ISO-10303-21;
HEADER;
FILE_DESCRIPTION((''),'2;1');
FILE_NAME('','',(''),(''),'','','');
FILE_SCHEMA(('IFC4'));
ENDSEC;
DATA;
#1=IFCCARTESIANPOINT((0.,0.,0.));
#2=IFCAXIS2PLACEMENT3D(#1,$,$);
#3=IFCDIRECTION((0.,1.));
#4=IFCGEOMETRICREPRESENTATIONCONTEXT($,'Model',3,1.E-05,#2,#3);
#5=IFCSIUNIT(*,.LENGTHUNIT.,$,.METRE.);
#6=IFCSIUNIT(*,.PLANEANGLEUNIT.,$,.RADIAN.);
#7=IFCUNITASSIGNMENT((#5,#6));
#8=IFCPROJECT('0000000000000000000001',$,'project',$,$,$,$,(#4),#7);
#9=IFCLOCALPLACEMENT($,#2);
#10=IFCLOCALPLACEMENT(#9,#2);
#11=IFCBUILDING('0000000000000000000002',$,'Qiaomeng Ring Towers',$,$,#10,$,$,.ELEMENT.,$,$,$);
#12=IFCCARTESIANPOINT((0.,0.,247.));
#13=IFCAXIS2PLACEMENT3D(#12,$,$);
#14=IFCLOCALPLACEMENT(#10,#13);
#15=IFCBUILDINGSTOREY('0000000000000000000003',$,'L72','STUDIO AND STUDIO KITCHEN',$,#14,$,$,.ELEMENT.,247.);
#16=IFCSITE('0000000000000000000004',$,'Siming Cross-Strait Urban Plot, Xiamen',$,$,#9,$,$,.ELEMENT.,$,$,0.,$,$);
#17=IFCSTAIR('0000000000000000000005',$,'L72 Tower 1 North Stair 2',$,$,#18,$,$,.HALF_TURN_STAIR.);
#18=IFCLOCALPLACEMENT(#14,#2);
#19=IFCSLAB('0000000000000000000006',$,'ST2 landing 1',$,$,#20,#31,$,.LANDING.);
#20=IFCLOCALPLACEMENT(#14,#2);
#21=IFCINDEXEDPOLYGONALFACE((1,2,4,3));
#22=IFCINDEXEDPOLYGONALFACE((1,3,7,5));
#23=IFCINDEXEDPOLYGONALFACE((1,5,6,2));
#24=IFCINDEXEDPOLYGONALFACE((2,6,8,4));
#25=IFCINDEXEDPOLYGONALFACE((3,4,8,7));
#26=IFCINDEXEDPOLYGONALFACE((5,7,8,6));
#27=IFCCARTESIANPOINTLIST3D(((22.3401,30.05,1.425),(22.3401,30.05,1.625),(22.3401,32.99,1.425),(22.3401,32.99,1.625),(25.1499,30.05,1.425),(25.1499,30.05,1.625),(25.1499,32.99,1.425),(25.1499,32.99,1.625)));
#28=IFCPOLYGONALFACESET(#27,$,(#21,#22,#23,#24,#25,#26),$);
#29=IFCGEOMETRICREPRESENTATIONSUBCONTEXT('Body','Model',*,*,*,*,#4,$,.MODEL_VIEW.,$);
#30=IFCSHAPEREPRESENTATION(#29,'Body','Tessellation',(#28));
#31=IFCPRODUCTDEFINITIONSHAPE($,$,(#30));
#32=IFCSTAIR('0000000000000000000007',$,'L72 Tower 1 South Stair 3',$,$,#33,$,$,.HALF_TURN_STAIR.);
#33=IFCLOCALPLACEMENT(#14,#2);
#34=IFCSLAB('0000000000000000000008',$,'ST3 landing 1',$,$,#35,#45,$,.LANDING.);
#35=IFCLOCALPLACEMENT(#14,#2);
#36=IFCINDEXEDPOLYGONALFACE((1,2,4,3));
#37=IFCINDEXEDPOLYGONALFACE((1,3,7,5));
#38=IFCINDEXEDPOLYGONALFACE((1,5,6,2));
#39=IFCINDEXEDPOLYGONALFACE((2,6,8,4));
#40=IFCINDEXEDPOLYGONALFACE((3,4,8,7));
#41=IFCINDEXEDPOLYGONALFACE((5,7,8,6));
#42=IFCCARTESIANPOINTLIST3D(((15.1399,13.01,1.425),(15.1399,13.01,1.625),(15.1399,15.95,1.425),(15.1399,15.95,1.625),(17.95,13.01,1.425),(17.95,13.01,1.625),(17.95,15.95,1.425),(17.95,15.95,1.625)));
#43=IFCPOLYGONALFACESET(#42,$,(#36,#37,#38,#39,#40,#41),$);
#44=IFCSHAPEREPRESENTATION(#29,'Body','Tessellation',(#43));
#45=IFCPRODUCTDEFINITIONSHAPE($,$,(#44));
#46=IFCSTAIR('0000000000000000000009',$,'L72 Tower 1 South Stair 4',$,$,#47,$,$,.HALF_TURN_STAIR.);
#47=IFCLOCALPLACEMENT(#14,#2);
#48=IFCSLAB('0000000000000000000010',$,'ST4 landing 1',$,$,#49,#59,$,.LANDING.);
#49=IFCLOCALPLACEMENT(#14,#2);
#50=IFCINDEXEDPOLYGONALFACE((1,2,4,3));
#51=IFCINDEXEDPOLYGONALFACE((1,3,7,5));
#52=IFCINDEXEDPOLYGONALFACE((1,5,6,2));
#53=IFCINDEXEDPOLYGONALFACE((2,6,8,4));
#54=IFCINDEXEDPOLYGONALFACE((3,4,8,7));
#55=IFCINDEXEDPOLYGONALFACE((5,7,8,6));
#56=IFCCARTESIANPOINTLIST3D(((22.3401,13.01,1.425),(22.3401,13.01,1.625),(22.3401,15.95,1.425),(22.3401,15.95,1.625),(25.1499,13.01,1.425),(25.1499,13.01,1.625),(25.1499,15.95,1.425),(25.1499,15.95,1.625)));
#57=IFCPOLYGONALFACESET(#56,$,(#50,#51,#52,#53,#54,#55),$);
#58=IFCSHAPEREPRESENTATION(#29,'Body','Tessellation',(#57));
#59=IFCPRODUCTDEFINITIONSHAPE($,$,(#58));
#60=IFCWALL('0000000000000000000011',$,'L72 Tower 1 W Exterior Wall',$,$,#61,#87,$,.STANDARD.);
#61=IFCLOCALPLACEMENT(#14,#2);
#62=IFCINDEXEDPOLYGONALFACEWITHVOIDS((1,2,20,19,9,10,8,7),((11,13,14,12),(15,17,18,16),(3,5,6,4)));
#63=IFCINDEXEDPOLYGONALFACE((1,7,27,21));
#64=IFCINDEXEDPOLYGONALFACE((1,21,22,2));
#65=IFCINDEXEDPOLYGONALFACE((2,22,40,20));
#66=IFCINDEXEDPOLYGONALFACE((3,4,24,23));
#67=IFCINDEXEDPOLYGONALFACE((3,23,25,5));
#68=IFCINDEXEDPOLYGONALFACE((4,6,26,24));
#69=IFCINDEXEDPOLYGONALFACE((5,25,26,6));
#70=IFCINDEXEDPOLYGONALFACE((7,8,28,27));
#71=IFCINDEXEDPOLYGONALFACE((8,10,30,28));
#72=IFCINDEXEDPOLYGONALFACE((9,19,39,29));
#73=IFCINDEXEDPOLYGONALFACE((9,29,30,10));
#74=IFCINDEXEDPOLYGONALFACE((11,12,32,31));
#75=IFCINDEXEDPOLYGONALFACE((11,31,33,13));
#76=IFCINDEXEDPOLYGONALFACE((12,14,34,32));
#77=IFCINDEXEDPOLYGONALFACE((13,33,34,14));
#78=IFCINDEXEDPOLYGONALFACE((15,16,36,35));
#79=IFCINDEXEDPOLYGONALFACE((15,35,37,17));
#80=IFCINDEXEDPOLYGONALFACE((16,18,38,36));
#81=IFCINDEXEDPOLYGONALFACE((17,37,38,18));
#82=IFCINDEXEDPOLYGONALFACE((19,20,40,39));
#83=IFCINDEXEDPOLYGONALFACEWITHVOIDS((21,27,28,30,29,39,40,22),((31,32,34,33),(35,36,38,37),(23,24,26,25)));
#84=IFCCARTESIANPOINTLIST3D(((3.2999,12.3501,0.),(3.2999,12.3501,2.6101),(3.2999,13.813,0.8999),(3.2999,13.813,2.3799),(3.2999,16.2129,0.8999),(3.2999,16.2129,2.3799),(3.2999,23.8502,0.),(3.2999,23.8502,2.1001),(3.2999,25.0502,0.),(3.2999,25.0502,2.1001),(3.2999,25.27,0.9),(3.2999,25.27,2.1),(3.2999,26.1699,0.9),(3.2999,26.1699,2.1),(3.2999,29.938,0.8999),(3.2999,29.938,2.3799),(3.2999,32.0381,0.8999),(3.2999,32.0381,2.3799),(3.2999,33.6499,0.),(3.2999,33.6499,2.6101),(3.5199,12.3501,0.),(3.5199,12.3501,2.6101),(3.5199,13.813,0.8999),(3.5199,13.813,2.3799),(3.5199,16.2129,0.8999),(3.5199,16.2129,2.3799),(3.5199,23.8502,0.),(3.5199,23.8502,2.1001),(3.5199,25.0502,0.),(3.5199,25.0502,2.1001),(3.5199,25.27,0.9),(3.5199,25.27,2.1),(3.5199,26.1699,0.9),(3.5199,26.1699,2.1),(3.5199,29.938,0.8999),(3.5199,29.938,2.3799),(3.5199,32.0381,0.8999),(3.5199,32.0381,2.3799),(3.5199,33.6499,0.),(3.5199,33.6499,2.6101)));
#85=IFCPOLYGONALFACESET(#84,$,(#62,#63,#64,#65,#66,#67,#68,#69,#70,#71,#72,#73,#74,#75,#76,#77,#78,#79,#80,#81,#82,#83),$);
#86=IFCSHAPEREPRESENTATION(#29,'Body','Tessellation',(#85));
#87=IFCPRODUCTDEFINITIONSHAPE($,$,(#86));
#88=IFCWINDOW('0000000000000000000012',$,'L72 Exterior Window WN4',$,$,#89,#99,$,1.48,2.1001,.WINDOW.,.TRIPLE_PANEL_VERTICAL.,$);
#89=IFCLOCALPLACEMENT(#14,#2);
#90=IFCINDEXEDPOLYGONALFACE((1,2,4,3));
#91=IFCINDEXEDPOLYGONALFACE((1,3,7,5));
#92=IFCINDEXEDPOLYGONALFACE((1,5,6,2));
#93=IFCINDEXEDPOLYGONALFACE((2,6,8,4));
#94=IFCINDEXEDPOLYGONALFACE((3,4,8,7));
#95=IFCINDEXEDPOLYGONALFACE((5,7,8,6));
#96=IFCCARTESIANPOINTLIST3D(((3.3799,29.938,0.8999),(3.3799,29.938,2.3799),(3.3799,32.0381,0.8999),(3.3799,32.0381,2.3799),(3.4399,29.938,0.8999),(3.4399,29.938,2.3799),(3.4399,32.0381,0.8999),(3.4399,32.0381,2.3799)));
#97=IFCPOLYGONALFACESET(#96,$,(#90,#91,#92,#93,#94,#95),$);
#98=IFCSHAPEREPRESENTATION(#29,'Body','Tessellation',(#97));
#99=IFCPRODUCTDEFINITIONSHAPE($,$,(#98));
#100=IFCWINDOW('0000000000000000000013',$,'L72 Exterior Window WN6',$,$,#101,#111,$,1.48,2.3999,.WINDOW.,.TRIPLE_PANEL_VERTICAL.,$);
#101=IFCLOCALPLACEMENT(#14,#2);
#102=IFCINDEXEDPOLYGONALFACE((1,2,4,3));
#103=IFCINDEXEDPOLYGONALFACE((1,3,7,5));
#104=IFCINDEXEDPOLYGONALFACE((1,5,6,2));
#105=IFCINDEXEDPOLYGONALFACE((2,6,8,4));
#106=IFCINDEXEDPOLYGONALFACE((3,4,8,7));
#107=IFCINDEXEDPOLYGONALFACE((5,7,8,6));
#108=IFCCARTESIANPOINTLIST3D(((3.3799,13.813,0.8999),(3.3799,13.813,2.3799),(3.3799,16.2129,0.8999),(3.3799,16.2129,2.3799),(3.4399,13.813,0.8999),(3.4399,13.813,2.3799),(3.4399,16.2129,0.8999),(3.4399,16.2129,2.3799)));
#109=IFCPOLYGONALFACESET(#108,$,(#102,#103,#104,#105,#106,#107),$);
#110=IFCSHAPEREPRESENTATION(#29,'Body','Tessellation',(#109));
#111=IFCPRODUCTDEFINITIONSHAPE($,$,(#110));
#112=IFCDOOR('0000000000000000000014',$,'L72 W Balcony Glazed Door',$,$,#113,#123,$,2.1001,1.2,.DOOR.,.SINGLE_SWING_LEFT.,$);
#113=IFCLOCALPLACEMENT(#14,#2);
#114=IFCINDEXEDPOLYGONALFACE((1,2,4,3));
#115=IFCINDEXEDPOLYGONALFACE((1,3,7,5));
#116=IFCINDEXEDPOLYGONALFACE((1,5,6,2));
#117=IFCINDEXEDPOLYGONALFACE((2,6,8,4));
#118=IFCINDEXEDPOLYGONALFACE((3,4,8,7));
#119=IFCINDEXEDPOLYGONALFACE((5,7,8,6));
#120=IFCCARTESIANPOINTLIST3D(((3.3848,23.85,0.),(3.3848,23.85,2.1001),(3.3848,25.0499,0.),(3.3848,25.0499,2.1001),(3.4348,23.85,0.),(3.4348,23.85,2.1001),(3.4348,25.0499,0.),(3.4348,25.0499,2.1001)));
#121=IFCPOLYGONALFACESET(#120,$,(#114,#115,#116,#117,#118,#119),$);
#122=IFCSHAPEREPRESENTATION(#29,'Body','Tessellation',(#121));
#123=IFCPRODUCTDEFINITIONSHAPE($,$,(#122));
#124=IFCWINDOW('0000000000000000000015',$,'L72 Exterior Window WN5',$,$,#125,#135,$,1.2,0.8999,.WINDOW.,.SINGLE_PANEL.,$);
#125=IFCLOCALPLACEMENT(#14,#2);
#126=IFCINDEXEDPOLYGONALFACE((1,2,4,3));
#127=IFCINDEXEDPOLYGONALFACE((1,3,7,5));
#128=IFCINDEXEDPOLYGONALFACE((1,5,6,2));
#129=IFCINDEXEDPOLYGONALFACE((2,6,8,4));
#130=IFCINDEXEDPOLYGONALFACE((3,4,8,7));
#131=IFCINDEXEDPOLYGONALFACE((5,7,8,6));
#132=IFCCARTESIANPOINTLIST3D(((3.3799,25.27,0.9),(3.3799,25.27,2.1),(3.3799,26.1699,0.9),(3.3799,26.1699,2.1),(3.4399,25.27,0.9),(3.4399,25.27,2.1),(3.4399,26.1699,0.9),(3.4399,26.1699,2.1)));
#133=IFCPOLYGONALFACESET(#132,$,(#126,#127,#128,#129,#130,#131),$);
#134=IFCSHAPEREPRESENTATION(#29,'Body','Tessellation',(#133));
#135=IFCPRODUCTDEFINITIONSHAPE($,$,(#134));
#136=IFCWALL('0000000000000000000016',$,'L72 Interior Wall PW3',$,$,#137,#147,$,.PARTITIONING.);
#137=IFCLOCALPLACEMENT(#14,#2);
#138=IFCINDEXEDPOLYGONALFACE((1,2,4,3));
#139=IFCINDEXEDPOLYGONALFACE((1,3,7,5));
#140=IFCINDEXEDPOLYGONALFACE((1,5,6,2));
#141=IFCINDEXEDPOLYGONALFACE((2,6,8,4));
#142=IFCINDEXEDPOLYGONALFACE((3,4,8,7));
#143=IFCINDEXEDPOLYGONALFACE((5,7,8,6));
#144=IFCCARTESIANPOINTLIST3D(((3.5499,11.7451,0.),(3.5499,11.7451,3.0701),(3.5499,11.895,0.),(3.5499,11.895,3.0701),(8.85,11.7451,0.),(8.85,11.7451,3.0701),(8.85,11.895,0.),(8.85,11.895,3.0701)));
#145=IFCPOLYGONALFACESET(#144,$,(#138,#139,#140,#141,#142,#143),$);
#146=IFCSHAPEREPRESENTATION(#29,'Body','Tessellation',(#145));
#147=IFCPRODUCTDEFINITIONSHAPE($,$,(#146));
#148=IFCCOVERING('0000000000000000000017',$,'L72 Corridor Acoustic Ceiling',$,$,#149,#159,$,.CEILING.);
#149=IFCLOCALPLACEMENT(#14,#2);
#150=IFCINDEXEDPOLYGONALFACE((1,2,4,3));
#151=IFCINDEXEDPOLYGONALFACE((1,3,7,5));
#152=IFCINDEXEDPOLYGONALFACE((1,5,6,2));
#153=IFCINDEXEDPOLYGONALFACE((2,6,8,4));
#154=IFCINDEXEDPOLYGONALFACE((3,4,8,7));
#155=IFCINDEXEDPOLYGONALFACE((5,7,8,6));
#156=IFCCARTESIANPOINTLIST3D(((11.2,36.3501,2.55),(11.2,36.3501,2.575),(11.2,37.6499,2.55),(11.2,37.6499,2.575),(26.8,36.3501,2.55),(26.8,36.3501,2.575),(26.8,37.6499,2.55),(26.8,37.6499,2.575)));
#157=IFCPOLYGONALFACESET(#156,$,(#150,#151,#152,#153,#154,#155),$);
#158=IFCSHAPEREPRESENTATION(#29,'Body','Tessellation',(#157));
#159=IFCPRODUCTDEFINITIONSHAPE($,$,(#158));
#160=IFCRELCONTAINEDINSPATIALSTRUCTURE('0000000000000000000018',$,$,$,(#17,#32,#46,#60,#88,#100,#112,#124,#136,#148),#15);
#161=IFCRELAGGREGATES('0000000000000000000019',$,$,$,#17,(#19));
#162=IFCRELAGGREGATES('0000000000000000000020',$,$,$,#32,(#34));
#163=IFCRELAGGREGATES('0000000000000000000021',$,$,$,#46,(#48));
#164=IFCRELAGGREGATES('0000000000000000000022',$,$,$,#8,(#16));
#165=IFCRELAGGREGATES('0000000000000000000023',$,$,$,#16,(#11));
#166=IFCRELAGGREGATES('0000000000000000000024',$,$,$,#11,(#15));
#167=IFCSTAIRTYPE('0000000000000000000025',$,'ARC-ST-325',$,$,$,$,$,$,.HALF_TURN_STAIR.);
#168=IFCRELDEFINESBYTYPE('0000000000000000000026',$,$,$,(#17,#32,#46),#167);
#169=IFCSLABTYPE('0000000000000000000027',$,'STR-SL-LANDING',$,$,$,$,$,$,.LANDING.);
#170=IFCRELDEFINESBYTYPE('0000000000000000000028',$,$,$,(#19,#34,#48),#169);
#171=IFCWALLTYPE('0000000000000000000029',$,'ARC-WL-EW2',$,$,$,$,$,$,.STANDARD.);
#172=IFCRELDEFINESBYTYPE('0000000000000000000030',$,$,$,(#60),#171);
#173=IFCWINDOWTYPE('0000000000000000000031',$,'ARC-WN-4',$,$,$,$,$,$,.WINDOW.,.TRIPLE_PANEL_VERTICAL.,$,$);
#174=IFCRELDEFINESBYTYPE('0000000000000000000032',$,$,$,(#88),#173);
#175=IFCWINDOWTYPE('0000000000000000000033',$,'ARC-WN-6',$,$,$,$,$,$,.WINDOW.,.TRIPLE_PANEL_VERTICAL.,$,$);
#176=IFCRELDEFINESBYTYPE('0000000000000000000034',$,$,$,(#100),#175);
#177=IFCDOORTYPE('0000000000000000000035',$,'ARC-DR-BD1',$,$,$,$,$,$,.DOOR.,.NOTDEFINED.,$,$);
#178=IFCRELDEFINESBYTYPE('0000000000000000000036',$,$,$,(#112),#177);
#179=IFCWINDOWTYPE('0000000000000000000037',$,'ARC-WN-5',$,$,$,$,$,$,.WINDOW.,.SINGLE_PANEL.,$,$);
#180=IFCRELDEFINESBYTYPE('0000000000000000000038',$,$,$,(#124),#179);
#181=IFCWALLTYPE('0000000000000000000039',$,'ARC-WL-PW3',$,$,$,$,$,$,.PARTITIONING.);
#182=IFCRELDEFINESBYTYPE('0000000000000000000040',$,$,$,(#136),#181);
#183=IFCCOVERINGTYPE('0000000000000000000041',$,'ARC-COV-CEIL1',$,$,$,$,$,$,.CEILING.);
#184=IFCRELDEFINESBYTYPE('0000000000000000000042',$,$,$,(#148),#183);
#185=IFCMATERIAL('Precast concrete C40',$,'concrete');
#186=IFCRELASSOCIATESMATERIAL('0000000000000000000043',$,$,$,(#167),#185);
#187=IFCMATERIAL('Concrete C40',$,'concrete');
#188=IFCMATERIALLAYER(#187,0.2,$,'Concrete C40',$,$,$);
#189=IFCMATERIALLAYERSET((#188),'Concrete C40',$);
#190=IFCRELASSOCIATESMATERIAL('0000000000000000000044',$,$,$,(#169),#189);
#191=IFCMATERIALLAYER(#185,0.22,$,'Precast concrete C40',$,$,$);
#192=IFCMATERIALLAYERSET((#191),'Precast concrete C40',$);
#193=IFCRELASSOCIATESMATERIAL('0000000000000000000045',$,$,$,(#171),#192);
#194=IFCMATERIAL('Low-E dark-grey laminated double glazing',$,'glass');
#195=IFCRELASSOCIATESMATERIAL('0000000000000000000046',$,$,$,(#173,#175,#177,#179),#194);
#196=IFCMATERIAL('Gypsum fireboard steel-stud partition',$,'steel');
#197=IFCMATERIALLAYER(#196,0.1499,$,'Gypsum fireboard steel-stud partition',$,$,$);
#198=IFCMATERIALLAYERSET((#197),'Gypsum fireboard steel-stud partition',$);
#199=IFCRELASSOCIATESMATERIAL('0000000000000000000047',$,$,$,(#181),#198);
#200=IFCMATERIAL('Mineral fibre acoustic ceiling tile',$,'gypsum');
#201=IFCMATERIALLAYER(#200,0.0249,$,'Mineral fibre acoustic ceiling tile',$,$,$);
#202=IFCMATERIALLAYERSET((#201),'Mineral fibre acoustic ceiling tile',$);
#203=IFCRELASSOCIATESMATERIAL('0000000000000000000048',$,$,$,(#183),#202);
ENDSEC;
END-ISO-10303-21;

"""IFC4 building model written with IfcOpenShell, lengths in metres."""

from ifc_helpers import new_model, si_unit, direction, frame, frame_2d, origin, place, context, subcontext, project, spatial, polyline, rectangle, outline, extrude, source, transform, mapped, material, layer, layer_set, type_object, element, fill, aggregate, save


model = new_model("IFC4")

# Units and contexts
model_context = context("Model", 3, precision=1e-05, world=origin(), true_north=direction((0.0, 1.0)))
body_context = subcontext(model_context, "Body", "Model", "MODEL_VIEW")
ifc_project = project(units=[si_unit("LENGTHUNIT", "METRE"), si_unit("PLANEANGLEUNIT", "RADIAN")], contexts=[model_context])

# Site, building, storey
site_placement = place(None, origin())
site = spatial("IfcSite", under=ifc_project, at=site_placement, Name="Siming Cross-Strait Urban Plot, Xiamen", CompositionType="ELEMENT", RefElevation=0.0)
building_placement = place(site_placement, origin())
building = spatial("IfcBuilding", under=site, at=building_placement, Name="Qiaomeng Ring Towers", CompositionType="ELEMENT")
storey_placement = place(building_placement, frame((0.0, 0.0, 247.0)))
storey = spatial("IfcBuildingStorey", under=building, at=storey_placement, Name="L72", Description="STUDIO AND STUDIO KITCHEN", CompositionType="ELEMENT", Elevation=247.0)

# Shared definitions
ifc_material_1 = material(Name="Concrete C40", Category="concrete")

# Stairs, slabs
ifc_material_2 = material(Name="Precast concrete C40", Category="concrete")
stair_type = type_object("IfcStairType", Name="ARC-ST-325", PredefinedType="HALF_TURN_STAIR", material=ifc_material_2)
ifc_layer_1 = layer(ifc_material_1, 0.2, Name="Concrete C40")
ifc_layer_set_1 = layer_set([ifc_layer_1], Name="Concrete C40")
slab_type_1 = type_object("IfcSlabType", Name="STR-SL-LANDING", PredefinedType="LANDING", material=ifc_layer_set_1)
stair_1_placement = place(storey_placement, origin())
stair_1 = element("IfcStair", 1, at=stair_1_placement, inside=storey, type_object=stair_type, Name="L72 Tower 1 North Stair 2", PredefinedType="HALF_TURN_STAIR")
slab_1_placement = place(storey_placement, frame((0.0, 0.0, 1.425)))
slab_1 = element("IfcSlab", 2, at=slab_1_placement, type_object=slab_type_1, Name="ST2 landing 1", PredefinedType="LANDING", context=body_context, shape_type="SweptSolid", body=[
    extrude(outline(polyline([(22.3401, 30.05), (25.1499, 30.05), (25.1499, 32.99), (22.3401, 32.99), (22.3401, 30.05)])), origin(), (0.0, 0.0, 1.0), 0.2),
])
aggregate(stair_1, [slab_1])
stair_2_placement = place(storey_placement, origin())
stair_2 = element("IfcStair", 3, at=stair_2_placement, inside=storey, type_object=stair_type, Name="L72 Tower 1 South Stair 3", PredefinedType="HALF_TURN_STAIR")
slab_2_placement = place(storey_placement, frame((0.0, 0.0, 1.425)))
slab_2 = element("IfcSlab", 4, at=slab_2_placement, type_object=slab_type_1, Name="ST3 landing 1", PredefinedType="LANDING", context=body_context, shape_type="SweptSolid", body=[
    extrude(outline(polyline([(15.1399, 13.01), (17.95, 13.01), (17.95, 15.95), (15.1399, 15.95), (15.1399, 13.01)])), origin(), (0.0, 0.0, 1.0), 0.2),
])
aggregate(stair_2, [slab_2])
stair_3_placement = place(storey_placement, origin())
stair_3 = element("IfcStair", 5, at=stair_3_placement, inside=storey, type_object=stair_type, Name="L72 Tower 1 South Stair 4", PredefinedType="HALF_TURN_STAIR")
slab_3_placement = place(storey_placement, frame((0.0, 0.0, 1.425)))
slab_3 = element("IfcSlab", 6, at=slab_3_placement, type_object=slab_type_1, Name="ST4 landing 1", PredefinedType="LANDING", context=body_context, shape_type="SweptSolid", body=[
    extrude(outline(polyline([(22.3401, 13.01), (25.1499, 13.01), (25.1499, 15.95), (22.3401, 15.95), (22.3401, 13.01)])), origin(), (0.0, 0.0, 1.0), 0.2),
])
aggregate(stair_3, [slab_3])

# Wall, openings, windows, door
ifc_layer_2 = layer(ifc_material_2, 0.22, Name="Precast concrete C40")
ifc_layer_set_2 = layer_set([ifc_layer_2], Name="Precast concrete C40")
wall_type_1 = type_object("IfcWallType", Name="ARC-WL-EW2", PredefinedType="STANDARD", material=ifc_layer_set_2)
wall_1_placement = place(storey_placement, frame((3.4099, 12.3501, 0.0), z_axis=(0.0, 0.0, 1.0), x_axis=(0.0, 1.0, 0.0)))
wall_1 = element("IfcWall", 7, at=wall_1_placement, inside=storey, type_object=wall_type_1, Name="L72 Tower 1 W Exterior Wall", PredefinedType="STANDARD", context=body_context, shape_type="SweptSolid", body=[
    extrude(rectangle(XDim=21.2998, YDim=0.22, at=frame_2d((10.6499, 0.0))), origin(), (0.0, 0.0, 1.0), 2.6101),
])
opening_1_placement = place(wall_1_placement, frame((11.5, 0.0, 0.0)))
opening_1 = element("IfcOpeningElement", 8, at=opening_1_placement, cuts=wall_1, PredefinedType="OPENING", context=body_context, shape_type="SweptSolid", body=[
    extrude(rectangle(XDim=1.2, YDim=2.1001, at=frame_2d((0.6001, 1.05))), frame((0.0, 0.1199, 0.0), z_axis=(0.0, -1.0, 0.0), x_axis=(1.0, 0.0, 0.0)), (0.0, 0.0, 1.0), 0.24),
])
opening_2_placement = place(wall_1_placement, frame((1.4629, 0.0, 0.8999)))
opening_2 = element("IfcOpeningElement", 9, at=opening_2_placement, cuts=wall_1, PredefinedType="OPENING", context=body_context, shape_type="SweptSolid", body=[
    extrude(rectangle(XDim=2.3999, YDim=1.48, at=frame_2d((1.2, 0.74))), frame((0.0, 0.1199, 0.0), z_axis=(0.0, -1.0, 0.0), x_axis=(1.0, 0.0, 0.0)), (0.0, 0.0, 1.0), 0.24),
])
opening_3_placement = place(wall_1_placement, frame((17.5879, 0.0, 0.8999)))
opening_3 = element("IfcOpeningElement", 10, at=opening_3_placement, cuts=wall_1, PredefinedType="OPENING", context=body_context, shape_type="SweptSolid", body=[
    extrude(rectangle(XDim=2.1001, YDim=1.48, at=frame_2d((1.05, 0.74))), frame((0.0, 0.1199, 0.0), z_axis=(0.0, -1.0, 0.0), x_axis=(1.0, 0.0, 0.0)), (0.0, 0.0, 1.0), 0.24),
])
opening_4_placement = place(wall_1_placement, frame((12.9199, 0.0, 0.8999)))
opening_4 = element("IfcOpeningElement", 11, at=opening_4_placement, cuts=wall_1, PredefinedType="OPENING", context=body_context, shape_type="SweptSolid", body=[
    extrude(rectangle(XDim=0.8999, YDim=1.2, at=frame_2d((0.45, 0.6001))), frame((0.0, 0.1199, 0.0), z_axis=(0.0, -1.0, 0.0), x_axis=(1.0, 0.0, 0.0)), (0.0, 0.0, 1.0), 0.24),
])
ifc_material_3 = material(Name="Low-E dark-grey laminated double glazing", Category="glass")
window_type_1 = type_object("IfcWindowType", Name="ARC-WN-4", PartitioningType="TRIPLE_PANEL_VERTICAL", PredefinedType="WINDOW", material=ifc_material_3)
shared_shape_1 = source(origin(), body_context, "Body", "SweptSolid", [
    extrude(rectangle(XDim=2.1001, YDim=1.48, at=frame_2d((1.05, 0.74))), frame((0.0, 0.03, 0.0), z_axis=(0.0, -1.0, 0.0), x_axis=(1.0, 0.0, 0.0)), (0.0, 0.0, 1.0), 0.0601),
])
window_1_placement = place(opening_3_placement, origin())
window_1 = element("IfcWindow", 12, at=window_1_placement, inside=storey, type_object=window_type_1, Name="L72 Exterior Window WN4", OverallHeight=1.48, OverallWidth=2.1001, PartitioningType="TRIPLE_PANEL_VERTICAL", PredefinedType="WINDOW", context=body_context, shape_type="MappedRepresentation", body=[
    mapped(shared_shape_1, transform((0.0, 0.0, 0.0), x_axis=(1.0, 0.0, 0.0), y_axis=(0.0, 1.0, 0.0), z_axis=(0.0, 0.0, 1.0), scale=1.0)),
])
fill(opening_3, window_1)
window_type_2 = type_object("IfcWindowType", Name="ARC-WN-6", PartitioningType="TRIPLE_PANEL_VERTICAL", PredefinedType="WINDOW", material=ifc_material_3)
shared_shape_2 = source(origin(), body_context, "Body", "SweptSolid", [
    extrude(rectangle(XDim=2.3999, YDim=1.48, at=frame_2d((1.2, 0.74))), frame((0.0, 0.03, 0.0), z_axis=(0.0, -1.0, 0.0), x_axis=(1.0, 0.0, 0.0)), (0.0, 0.0, 1.0), 0.0601),
])
window_2_placement = place(opening_2_placement, origin())
window_2 = element("IfcWindow", 13, at=window_2_placement, inside=storey, type_object=window_type_2, Name="L72 Exterior Window WN6", OverallHeight=1.48, OverallWidth=2.3999, PartitioningType="TRIPLE_PANEL_VERTICAL", PredefinedType="WINDOW", context=body_context, shape_type="MappedRepresentation", body=[
    mapped(shared_shape_2, transform((0.0, 0.0, 0.0), x_axis=(1.0, 0.0, 0.0), y_axis=(0.0, 1.0, 0.0), z_axis=(0.0, 0.0, 1.0), scale=1.0)),
])
fill(opening_2, window_2)
door_type = type_object("IfcDoorType", Name="ARC-DR-BD1", OperationType="NOTDEFINED", PredefinedType="DOOR", material=ifc_material_3)
shared_shape_3 = source(origin(), body_context, "Body", "SweptSolid", [
    extrude(rectangle(XDim=1.2, YDim=2.1001, at=frame_2d((0.6001, 1.05))), frame((0.0, 0.0249, 0.0), z_axis=(0.0, -1.0, 0.0), x_axis=(1.0, 0.0, 0.0)), (0.0, 0.0, 1.0), 0.05),
])
door_placement = place(opening_1_placement, frame((1.2, 0.0, 0.0), z_axis=(0.0, 0.0, 1.0), x_axis=(-1.0, 0.0, 0.0)))
door = element("IfcDoor", 14, at=door_placement, inside=storey, type_object=door_type, Name="L72 W Balcony Glazed Door", OperationType="SINGLE_SWING_LEFT", OverallHeight=2.1001, OverallWidth=1.2, PredefinedType="DOOR", context=body_context, shape_type="MappedRepresentation", body=[
    mapped(shared_shape_3, transform((0.0, 0.0, 0.0), x_axis=(1.0, 0.0, 0.0), y_axis=(0.0, 1.0, 0.0), z_axis=(0.0, 0.0, 1.0), scale=1.0)),
])
fill(opening_1, door)
window_type_3 = type_object("IfcWindowType", Name="ARC-WN-5", PartitioningType="SINGLE_PANEL", PredefinedType="WINDOW", material=ifc_material_3)
shared_shape_4 = source(origin(), body_context, "Body", "SweptSolid", [
    extrude(rectangle(XDim=0.8999, YDim=1.2, at=frame_2d((0.45, 0.6001))), frame((0.0, 0.03, 0.0), z_axis=(0.0, -1.0, 0.0), x_axis=(1.0, 0.0, 0.0)), (0.0, 0.0, 1.0), 0.0601),
])
window_3_placement = place(opening_4_placement, origin())
window_3 = element("IfcWindow", 15, at=window_3_placement, inside=storey, type_object=window_type_3, Name="L72 Exterior Window WN5", OverallHeight=1.2, OverallWidth=0.8999, PartitioningType="SINGLE_PANEL", PredefinedType="WINDOW", context=body_context, shape_type="MappedRepresentation", body=[
    mapped(shared_shape_4, transform((0.0, 0.0, 0.0), x_axis=(1.0, 0.0, 0.0), y_axis=(0.0, 1.0, 0.0), z_axis=(0.0, 0.0, 1.0), scale=1.0)),
])
fill(opening_4, window_3)

# Wall
ifc_material_4 = material(Name="Gypsum fireboard steel-stud partition", Category="steel")
ifc_layer_3 = layer(ifc_material_4, 0.1499, Name="Gypsum fireboard steel-stud partition")
ifc_layer_set_3 = layer_set([ifc_layer_3], Name="Gypsum fireboard steel-stud partition")
wall_type_2 = type_object("IfcWallType", Name="ARC-WL-PW3", PredefinedType="PARTITIONING", material=ifc_layer_set_3)
wall_2_placement = place(storey_placement, frame((3.55, 11.8201, 0.0), z_axis=(0.0, 0.0, 1.0), x_axis=(1.0, 0.0, 0.0)))
element("IfcWall", 16, at=wall_2_placement, inside=storey, type_object=wall_type_2, Name="L72 Interior Wall PW3", PredefinedType="PARTITIONING", context=body_context, shape_type="SweptSolid", body=[
    extrude(rectangle(XDim=5.3, YDim=0.1499, at=frame_2d((2.6499, 0.0))), origin(), (0.0, 0.0, 1.0), 3.0701),
])

# Covering
ifc_material_5 = material(Name="Mineral fibre acoustic ceiling tile", Category="gypsum")
ifc_layer_4 = layer(ifc_material_5, 0.0249, Name="Mineral fibre acoustic ceiling tile")
ifc_layer_set_4 = layer_set([ifc_layer_4], Name="Mineral fibre acoustic ceiling tile")
covering_type_1 = type_object("IfcCoveringType", Name="ARC-COV-CEIL1", PredefinedType="CEILING", material=ifc_layer_set_4)
covering_1_placement = place(storey_placement, frame((0.0, 0.0, 2.55)))
element("IfcCovering", 17, at=covering_1_placement, inside=storey, type_object=covering_type_1, Name="L72 Corridor Acoustic Ceiling", PredefinedType="CEILING", context=body_context, shape_type="SweptSolid", body=[
    extrude(outline(polyline([(11.2, 36.3501), (11.2, 37.6499), (26.8, 37.6499), (26.8, 36.3501), (11.2, 36.3501)])), origin(), (0.0, 0.0, 1.0), 0.0249),
])

save(model, "model.ifc")
